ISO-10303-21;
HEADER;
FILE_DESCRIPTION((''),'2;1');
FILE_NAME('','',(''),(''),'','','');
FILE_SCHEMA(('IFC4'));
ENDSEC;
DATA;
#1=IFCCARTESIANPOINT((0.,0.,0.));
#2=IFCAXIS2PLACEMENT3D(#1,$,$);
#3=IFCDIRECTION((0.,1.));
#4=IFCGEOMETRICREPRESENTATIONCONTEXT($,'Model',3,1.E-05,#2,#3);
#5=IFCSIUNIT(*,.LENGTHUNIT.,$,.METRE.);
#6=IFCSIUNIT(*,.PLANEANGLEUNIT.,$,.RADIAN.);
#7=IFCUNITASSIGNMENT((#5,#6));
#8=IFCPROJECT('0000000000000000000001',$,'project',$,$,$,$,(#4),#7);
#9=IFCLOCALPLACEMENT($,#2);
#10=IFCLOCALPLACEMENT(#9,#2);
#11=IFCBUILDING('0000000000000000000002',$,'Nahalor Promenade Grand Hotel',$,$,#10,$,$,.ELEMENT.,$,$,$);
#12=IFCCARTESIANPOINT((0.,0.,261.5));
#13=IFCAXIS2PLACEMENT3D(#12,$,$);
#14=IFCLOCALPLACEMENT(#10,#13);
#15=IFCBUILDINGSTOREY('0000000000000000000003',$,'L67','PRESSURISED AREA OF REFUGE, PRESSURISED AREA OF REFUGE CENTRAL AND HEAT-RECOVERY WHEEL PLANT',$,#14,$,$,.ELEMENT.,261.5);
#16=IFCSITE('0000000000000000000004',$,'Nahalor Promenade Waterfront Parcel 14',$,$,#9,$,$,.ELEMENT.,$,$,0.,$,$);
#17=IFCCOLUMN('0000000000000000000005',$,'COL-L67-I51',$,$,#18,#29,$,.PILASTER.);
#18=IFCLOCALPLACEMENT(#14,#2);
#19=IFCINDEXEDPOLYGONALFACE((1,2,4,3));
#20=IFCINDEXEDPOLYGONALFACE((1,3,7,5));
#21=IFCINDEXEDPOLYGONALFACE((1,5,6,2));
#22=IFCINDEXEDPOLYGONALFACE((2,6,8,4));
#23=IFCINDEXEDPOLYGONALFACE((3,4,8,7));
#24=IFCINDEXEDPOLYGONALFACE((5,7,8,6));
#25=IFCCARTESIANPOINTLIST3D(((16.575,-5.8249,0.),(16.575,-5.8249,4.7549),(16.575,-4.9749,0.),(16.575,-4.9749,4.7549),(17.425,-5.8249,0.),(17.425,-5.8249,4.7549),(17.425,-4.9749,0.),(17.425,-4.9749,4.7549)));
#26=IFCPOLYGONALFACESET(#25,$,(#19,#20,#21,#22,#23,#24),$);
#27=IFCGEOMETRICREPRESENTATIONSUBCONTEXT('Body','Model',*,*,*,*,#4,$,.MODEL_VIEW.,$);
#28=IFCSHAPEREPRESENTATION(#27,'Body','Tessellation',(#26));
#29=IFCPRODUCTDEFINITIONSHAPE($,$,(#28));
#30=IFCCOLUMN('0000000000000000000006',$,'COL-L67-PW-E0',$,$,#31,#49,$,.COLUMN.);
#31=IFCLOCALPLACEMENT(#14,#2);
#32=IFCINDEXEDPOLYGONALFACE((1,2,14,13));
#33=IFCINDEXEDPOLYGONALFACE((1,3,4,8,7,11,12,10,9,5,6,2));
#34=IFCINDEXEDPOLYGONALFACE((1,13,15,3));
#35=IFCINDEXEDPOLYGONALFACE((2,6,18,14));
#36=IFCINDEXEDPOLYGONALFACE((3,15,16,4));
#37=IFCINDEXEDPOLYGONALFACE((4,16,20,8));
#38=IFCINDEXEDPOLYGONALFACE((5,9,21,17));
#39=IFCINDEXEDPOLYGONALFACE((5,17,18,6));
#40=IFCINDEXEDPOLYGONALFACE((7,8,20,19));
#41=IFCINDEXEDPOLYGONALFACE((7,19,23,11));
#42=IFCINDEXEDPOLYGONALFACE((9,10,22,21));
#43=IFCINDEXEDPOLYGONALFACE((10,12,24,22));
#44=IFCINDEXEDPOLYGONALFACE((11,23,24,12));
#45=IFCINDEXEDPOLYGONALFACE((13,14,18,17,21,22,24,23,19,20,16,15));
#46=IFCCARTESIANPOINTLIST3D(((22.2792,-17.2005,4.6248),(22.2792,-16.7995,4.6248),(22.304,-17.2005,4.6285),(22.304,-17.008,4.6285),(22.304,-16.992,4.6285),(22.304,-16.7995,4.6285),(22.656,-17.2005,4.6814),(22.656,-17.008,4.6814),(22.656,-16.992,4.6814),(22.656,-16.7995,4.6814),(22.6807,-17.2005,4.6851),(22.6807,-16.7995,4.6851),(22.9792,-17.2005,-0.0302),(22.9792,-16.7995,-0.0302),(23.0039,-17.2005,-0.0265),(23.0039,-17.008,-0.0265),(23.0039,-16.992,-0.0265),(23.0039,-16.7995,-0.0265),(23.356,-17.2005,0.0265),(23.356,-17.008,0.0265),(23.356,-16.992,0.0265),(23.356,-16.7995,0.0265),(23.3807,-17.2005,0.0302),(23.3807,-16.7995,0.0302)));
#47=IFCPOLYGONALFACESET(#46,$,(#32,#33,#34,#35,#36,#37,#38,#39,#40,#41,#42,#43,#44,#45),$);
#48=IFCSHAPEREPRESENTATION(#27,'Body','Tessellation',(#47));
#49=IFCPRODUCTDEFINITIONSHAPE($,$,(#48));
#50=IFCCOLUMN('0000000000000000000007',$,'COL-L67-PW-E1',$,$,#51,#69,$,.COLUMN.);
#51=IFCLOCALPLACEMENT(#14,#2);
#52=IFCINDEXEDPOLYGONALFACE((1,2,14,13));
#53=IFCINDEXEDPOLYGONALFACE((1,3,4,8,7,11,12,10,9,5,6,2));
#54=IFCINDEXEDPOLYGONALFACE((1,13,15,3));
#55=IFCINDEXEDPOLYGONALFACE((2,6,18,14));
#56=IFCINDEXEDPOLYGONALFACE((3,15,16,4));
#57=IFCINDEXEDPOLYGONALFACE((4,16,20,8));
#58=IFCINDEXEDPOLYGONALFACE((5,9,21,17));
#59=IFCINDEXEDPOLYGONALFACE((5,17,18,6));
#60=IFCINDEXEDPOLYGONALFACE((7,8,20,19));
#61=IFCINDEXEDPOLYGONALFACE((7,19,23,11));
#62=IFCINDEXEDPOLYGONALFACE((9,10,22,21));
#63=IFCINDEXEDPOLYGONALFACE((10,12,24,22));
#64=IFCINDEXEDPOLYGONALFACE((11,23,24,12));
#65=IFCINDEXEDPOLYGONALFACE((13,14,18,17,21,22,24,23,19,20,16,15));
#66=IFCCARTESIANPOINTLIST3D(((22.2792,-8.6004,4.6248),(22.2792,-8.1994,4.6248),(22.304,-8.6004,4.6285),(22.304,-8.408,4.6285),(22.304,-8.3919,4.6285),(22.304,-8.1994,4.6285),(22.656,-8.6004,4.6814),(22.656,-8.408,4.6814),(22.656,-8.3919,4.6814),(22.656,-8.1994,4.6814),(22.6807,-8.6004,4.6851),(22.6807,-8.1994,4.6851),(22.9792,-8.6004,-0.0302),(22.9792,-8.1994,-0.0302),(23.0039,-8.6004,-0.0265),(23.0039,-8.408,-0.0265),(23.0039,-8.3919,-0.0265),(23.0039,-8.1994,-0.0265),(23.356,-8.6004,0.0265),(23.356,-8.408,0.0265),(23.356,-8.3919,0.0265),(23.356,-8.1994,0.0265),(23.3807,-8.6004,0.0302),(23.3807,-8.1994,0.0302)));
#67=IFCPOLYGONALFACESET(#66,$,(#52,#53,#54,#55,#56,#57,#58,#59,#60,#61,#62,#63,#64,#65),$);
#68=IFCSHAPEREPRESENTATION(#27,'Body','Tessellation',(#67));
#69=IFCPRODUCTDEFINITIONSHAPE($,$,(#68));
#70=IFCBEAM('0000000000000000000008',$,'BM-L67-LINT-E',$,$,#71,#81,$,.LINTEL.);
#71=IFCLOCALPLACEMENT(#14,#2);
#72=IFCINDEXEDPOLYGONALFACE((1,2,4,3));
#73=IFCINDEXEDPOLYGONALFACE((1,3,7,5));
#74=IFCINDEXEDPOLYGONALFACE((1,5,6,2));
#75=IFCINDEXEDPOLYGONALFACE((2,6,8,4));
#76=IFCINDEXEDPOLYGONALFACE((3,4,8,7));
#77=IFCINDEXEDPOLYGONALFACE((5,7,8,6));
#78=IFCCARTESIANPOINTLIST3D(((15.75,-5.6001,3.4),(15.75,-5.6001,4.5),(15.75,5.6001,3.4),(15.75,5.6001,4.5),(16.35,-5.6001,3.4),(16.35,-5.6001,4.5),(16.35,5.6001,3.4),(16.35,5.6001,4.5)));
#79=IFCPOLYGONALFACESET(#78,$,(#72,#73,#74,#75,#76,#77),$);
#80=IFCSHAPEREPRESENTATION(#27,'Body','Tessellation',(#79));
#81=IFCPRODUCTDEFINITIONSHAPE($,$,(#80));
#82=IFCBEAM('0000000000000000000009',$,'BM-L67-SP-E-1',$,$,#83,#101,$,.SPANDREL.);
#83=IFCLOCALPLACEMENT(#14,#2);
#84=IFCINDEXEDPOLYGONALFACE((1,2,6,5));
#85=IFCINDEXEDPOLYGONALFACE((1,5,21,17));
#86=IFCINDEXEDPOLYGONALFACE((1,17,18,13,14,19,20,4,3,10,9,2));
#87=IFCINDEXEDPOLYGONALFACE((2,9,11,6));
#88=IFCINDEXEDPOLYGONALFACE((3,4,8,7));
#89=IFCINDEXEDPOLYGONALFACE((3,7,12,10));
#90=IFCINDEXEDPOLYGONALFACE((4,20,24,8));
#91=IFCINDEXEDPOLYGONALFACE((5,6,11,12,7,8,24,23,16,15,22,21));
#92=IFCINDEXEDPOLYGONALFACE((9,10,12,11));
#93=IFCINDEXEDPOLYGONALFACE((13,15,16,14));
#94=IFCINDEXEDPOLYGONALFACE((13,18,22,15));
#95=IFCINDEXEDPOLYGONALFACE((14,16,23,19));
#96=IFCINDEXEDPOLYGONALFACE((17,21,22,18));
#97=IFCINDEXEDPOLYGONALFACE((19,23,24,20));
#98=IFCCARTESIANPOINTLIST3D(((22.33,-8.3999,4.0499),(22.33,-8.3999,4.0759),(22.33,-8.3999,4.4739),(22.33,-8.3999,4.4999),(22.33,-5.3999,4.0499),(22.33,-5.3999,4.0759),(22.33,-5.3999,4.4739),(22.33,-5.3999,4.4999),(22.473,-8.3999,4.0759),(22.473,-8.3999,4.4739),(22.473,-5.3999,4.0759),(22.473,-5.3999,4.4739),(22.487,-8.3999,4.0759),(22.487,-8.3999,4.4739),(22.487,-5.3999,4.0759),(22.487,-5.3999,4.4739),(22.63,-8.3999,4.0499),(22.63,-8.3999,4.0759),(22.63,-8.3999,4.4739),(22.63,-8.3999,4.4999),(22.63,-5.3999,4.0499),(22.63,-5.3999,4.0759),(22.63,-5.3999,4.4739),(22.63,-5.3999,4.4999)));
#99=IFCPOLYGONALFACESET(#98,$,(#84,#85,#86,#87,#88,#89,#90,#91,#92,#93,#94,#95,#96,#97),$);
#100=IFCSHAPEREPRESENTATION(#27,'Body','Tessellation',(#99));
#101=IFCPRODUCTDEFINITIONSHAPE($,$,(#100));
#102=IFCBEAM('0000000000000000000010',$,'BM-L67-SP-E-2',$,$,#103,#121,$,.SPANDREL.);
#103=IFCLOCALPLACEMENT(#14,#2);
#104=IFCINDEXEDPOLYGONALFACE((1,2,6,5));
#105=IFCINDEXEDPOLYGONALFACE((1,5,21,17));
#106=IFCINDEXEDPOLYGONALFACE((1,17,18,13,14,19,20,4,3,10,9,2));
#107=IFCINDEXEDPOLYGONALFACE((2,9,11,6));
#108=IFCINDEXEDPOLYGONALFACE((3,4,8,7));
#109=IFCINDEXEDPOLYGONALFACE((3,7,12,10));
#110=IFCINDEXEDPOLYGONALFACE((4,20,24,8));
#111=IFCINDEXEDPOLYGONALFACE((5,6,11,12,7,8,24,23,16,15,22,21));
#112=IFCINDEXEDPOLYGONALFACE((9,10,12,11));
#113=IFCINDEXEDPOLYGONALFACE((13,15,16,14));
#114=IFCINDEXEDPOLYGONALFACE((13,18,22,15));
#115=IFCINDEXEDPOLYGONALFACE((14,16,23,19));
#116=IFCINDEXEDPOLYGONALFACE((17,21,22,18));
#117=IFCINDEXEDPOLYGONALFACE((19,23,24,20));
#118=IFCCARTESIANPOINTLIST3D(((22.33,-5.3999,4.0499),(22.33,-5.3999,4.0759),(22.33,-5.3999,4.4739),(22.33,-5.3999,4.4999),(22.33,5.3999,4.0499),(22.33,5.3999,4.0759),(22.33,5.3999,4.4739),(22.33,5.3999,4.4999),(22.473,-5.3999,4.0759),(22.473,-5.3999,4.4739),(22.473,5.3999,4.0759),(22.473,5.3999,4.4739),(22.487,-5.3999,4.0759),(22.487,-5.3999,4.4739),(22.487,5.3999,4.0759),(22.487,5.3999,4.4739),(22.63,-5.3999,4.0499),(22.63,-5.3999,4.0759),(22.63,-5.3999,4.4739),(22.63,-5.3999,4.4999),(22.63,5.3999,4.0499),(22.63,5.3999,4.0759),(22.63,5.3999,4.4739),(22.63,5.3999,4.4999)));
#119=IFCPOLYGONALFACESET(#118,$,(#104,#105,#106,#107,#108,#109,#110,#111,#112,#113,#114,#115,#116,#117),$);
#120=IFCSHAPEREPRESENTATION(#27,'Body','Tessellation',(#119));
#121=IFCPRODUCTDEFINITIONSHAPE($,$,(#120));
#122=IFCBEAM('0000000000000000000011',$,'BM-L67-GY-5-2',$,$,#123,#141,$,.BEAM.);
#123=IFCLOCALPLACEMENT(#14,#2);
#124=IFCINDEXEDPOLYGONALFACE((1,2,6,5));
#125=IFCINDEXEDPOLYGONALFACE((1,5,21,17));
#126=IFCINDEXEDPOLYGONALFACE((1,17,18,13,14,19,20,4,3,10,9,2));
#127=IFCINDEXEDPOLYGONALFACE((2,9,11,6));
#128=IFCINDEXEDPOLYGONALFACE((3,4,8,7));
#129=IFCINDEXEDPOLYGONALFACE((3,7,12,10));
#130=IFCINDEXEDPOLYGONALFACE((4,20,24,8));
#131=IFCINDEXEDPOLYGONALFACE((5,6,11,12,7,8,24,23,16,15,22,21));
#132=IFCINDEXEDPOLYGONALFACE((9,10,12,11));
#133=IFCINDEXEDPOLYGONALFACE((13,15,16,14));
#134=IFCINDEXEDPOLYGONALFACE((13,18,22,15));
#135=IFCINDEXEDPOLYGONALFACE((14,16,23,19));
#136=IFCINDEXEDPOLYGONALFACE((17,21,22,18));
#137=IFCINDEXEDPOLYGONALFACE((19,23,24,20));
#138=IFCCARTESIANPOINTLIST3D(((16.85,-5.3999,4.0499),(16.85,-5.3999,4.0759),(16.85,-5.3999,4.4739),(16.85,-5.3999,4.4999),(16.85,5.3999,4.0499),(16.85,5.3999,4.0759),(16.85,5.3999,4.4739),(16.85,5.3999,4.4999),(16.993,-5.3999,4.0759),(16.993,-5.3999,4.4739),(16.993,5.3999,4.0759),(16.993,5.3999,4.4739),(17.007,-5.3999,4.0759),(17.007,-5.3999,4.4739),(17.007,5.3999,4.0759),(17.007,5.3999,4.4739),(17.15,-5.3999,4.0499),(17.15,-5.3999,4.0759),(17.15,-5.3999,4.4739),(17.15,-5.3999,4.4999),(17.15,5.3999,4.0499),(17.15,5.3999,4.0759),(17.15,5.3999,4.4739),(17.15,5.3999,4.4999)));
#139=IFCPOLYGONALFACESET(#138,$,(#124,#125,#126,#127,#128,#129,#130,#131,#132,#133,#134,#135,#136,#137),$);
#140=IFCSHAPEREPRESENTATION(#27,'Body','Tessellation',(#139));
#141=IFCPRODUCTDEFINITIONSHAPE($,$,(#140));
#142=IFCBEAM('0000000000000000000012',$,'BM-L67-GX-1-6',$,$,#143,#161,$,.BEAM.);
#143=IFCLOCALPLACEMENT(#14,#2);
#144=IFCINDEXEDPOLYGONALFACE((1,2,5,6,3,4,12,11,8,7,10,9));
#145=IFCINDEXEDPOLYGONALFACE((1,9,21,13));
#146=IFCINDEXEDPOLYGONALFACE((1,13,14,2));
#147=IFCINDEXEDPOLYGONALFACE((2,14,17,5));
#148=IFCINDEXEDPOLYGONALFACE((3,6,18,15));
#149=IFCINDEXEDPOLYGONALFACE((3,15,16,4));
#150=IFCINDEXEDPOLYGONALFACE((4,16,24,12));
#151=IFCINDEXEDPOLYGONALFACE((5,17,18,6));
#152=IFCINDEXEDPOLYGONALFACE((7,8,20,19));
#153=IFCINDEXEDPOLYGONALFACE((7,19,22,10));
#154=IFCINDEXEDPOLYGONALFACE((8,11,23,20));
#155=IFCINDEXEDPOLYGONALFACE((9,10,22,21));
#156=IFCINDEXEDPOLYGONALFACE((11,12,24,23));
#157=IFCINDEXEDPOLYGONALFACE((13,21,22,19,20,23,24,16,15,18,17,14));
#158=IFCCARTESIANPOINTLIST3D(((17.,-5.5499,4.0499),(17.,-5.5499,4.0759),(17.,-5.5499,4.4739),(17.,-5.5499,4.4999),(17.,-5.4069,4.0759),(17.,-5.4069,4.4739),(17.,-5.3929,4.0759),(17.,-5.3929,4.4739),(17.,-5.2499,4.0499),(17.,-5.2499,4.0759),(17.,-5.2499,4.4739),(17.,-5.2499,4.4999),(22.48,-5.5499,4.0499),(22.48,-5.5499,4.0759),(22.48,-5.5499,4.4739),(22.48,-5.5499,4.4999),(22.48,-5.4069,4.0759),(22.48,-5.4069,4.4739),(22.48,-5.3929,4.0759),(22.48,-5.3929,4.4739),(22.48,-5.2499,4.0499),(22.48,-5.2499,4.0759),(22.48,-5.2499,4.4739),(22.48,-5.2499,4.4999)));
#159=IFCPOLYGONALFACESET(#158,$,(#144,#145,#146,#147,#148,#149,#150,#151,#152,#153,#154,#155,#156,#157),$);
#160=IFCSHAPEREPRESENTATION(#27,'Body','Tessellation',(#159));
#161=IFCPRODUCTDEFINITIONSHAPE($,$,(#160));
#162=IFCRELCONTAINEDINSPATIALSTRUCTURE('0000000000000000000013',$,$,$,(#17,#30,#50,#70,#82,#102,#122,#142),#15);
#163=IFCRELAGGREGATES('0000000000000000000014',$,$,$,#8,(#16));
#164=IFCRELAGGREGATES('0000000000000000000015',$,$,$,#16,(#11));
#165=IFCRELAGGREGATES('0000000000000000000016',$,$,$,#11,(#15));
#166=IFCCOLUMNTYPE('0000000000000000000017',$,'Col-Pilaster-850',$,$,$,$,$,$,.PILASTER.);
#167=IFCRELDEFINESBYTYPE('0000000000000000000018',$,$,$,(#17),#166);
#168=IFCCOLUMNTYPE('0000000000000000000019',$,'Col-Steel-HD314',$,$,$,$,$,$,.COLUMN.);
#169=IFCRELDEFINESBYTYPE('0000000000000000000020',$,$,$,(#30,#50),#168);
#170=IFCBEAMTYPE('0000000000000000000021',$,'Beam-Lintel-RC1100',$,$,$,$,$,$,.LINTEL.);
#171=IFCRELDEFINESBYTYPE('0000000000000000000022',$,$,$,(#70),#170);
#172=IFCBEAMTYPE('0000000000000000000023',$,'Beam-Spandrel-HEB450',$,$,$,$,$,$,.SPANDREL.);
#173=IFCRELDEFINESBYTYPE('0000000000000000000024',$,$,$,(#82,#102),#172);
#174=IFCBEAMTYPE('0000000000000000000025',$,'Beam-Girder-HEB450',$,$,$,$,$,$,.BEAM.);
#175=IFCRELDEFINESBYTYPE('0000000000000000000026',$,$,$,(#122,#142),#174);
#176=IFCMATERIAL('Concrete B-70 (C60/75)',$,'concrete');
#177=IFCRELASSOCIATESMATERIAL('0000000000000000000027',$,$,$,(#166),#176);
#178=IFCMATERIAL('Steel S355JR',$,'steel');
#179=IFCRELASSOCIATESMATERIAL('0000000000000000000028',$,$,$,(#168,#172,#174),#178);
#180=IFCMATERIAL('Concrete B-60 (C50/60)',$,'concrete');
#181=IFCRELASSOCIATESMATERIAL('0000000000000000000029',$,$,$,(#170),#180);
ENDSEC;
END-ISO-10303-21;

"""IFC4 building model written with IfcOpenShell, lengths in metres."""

from ifc_helpers import new_model, si_unit, direction, frame, origin, origin_2d, place, context, subcontext, project, spatial, rectangle, i_section, extrude, source, transform, mapped, material, material_profile, profile_set, type_object, element, save


model = new_model("IFC4")

# Units and contexts
model_context = context("Model", 3, precision=1e-05, world=origin(), true_north=direction((0.0, 1.0)))
body_context = subcontext(model_context, "Body", "Model", "MODEL_VIEW")
ifc_project = project(units=[si_unit("LENGTHUNIT", "METRE"), si_unit("PLANEANGLEUNIT", "RADIAN")], contexts=[model_context])

# Site, building, storey
site_placement = place(None, origin())
site = spatial("IfcSite", under=ifc_project, at=site_placement, Name="Nahalor Promenade Waterfront Parcel 14", CompositionType="ELEMENT", RefElevation=0.0)
building_placement = place(site_placement, origin())
building = spatial("IfcBuilding", under=site, at=building_placement, Name="Nahalor Promenade Grand Hotel", CompositionType="ELEMENT")
storey_placement = place(building_placement, frame((0.0, 0.0, 261.5)))
storey = spatial("IfcBuildingStorey", under=building, at=storey_placement, Name="L67", Description="PRESSURISED AREA OF REFUGE, PRESSURISED AREA OF REFUGE CENTRAL AND HEAT-RECOVERY WHEEL PLANT", CompositionType="ELEMENT", Elevation=261.5)

# Columns
ifc_material_1 = material(Name="Concrete B-70 (C60/75)", Category="concrete")
ifc_material_profile_1 = material_profile(ifc_material_1, rectangle(XDim=0.85, YDim=0.85, at=origin_2d()), Name="RC 850x850")
ifc_profile_set_1 = profile_set([ifc_material_profile_1], Name="Concrete B-70 (C60/75)")
column_type_1 = type_object("IfcColumnType", Name="Col-Pilaster-850", PredefinedType="PILASTER", material=ifc_profile_set_1)
shared_shape_1 = source(origin(), body_context, "Body", "SweptSolid", [
    extrude(rectangle(XDim=0.85, YDim=0.85, at=origin_2d()), origin(), (0.0, 0.0, 1.0), 4.7549),
])
column_placement = place(storey_placement, frame((17.0, -5.3999, 0.0), z_axis=(0.0, 0.0, 1.0), x_axis=(1.0, 0.0, 0.0)))
element("IfcColumn", 1, at=column_placement, inside=storey, type_object=column_type_1, Name="COL-L67-I51", PredefinedType="PILASTER", context=body_context, shape_type="MappedRepresentation", body=[
    mapped(shared_shape_1, transform((0.0, 0.0, 0.0), scale=1.0)),
])
ifc_material_2 = material(Name="Steel S355JR", Category="steel")
ifc_material_profile_2 = material_profile(ifc_material_2, i_section(OverallWidth=0.401, OverallDepth=0.406, WebThickness=0.0161, FlangeThickness=0.025, at=origin_2d()), Name="HD 400x314")
ifc_profile_set_2 = profile_set([ifc_material_profile_2], Name="Steel S355JR")
column_type_2 = type_object("IfcColumnType", Name="Col-Steel-HD314", PredefinedType="COLUMN", material=ifc_profile_set_2)
shared_shape_2 = source(origin(), body_context, "Body", "SweptSolid", [
    extrude(i_section(OverallWidth=0.401, OverallDepth=0.406, WebThickness=0.0161, FlangeThickness=0.025, at=origin_2d()), origin(), (0.0, 0.0, 1.0), 4.7073),
])
for number, where, z_axis, x_axis, name in (
    (2, (23.1799, -17.0, 0.0), (-0.148693, 0.0, 0.988883), (0.0, -1.0, 0.0), "COL-L67-PW-E0"),
    (3, (23.1799, -8.3999, 0.0), (-0.148693, 0.0, 0.988883), (0.0, -1.0, 0.0), "COL-L67-PW-E1"),
):
    element("IfcColumn", number, at=place(storey_placement, frame(where, z_axis=z_axis, x_axis=x_axis)), inside=storey, type_object=column_type_2, Name=name, PredefinedType="COLUMN", context=body_context, shape_type="MappedRepresentation", body=[
        mapped(shared_shape_2, transform((0.0, 0.0, 0.0), scale=1.0)),
    ])

# Beams
ifc_material_3 = material(Name="Concrete B-60 (C50/60)", Category="concrete")
ifc_material_profile_3 = material_profile(ifc_material_3, rectangle(XDim=0.6, YDim=1.1, at=origin_2d()), Name="RC 600x1100")
ifc_profile_set_3 = profile_set([ifc_material_profile_3], Name="Concrete B-60 (C50/60)")
beam_type_1 = type_object("IfcBeamType", Name="Beam-Lintel-RC1100", PredefinedType="LINTEL", material=ifc_profile_set_3)
shared_shape_3 = source(origin(), body_context, "Body", "SweptSolid", [
    extrude(rectangle(XDim=0.6, YDim=1.1, at=origin_2d()), origin(), (0.0, 0.0, 1.0), 11.2002),
])
beam_1_placement = place(storey_placement, frame((16.05, -5.6001, 3.95), z_axis=(0.0, 1.0, 0.0), x_axis=(-1.0, 0.0, 0.0)))
element("IfcBeam", 4, at=beam_1_placement, inside=storey, type_object=beam_type_1, Name="BM-L67-LINT-E", PredefinedType="LINTEL", context=body_context, shape_type="MappedRepresentation", body=[
    mapped(shared_shape_3, transform((0.0, 0.0, 0.0), scale=1.0)),
])
ifc_material_profile_4 = material_profile(ifc_material_2, i_section(OverallWidth=0.3, OverallDepth=0.45, WebThickness=0.014, FlangeThickness=0.026, at=origin_2d()), Name="HEB 450")
ifc_profile_set_4 = profile_set([ifc_material_profile_4], Name="Steel S355JR")
beam_type_2 = type_object("IfcBeamType", Name="Beam-Spandrel-HEB450", PredefinedType="SPANDREL", material=ifc_profile_set_4)
shared_shape_4 = source(origin(), body_context, "Body", "SweptSolid", [
    extrude(i_section(OverallWidth=0.3, OverallDepth=0.45, WebThickness=0.014, FlangeThickness=0.026, at=origin_2d()), origin(), (0.0, 0.0, 1.0), 3.0),
])
beam_2_placement = place(storey_placement, frame((22.48, -8.3999, 4.2749), z_axis=(0.0, 1.0, 0.0), x_axis=(-1.0, 0.0, 0.0)))
element("IfcBeam", 5, at=beam_2_placement, inside=storey, type_object=beam_type_2, Name="BM-L67-SP-E-1", PredefinedType="SPANDREL", context=body_context, shape_type="MappedRepresentation", body=[
    mapped(shared_shape_4, transform((0.0, 0.0, 0.0), scale=1.0)),
])
shared_shape_5 = source(origin(), body_context, "Body", "SweptSolid", [
    extrude(i_section(OverallWidth=0.3, OverallDepth=0.45, WebThickness=0.014, FlangeThickness=0.026, at=origin_2d()), origin(), (0.0, 0.0, 1.0), 10.7998),
])
beam_3_placement = place(storey_placement, frame((22.48, -5.3999, 4.2749), z_axis=(0.0, 1.0, 0.0), x_axis=(-1.0, 0.0, 0.0)))
element("IfcBeam", 6, at=beam_3_placement, inside=storey, type_object=beam_type_2, Name="BM-L67-SP-E-2", PredefinedType="SPANDREL", context=body_context, shape_type="MappedRepresentation", body=[
    mapped(shared_shape_5, transform((0.0, 0.0, 0.0), scale=1.0)),
])
ifc_material_profile_5 = material_profile(ifc_material_2, i_section(OverallWidth=0.3, OverallDepth=0.45, WebThickness=0.014, FlangeThickness=0.026, at=origin_2d()), Name="HEB 450")
ifc_profile_set_5 = profile_set([ifc_material_profile_5], Name="Steel S355JR")
beam_type_3 = type_object("IfcBeamType", Name="Beam-Girder-HEB450", PredefinedType="BEAM", material=ifc_profile_set_5)
shared_shape_6 = source(origin(), body_context, "Body", "SweptSolid", [
    extrude(i_section(OverallWidth=0.3, OverallDepth=0.45, WebThickness=0.014, FlangeThickness=0.026, at=origin_2d()), origin(), (0.0, 0.0, 1.0), 10.7998),
])
beam_4_placement = place(storey_placement, frame((17.0, -5.3999, 4.2749), z_axis=(0.0, 1.0, 0.0), x_axis=(-1.0, 0.0, 0.0)))
element("IfcBeam", 7, at=beam_4_placement, inside=storey, type_object=beam_type_3, Name="BM-L67-GY-5-2", PredefinedType="BEAM", context=body_context, shape_type="MappedRepresentation", body=[
    mapped(shared_shape_6, transform((0.0, 0.0, 0.0), scale=1.0)),
])
shared_shape_7 = source(origin(), body_context, "Body", "SweptSolid", [
    extrude(i_section(OverallWidth=0.3, OverallDepth=0.45, WebThickness=0.014, FlangeThickness=0.026, at=origin_2d()), origin(), (0.0, 0.0, 1.0), 5.48),
])
beam_5_placement = place(storey_placement, frame((17.0, -5.3999, 4.2749), z_axis=(1.0, 0.0, 0.0), x_axis=(0.0, 1.0, 0.0)))
element("IfcBeam", 8, at=beam_5_placement, inside=storey, type_object=beam_type_3, Name="BM-L67-GX-1-6", PredefinedType="BEAM", context=body_context, shape_type="MappedRepresentation", body=[
    mapped(shared_shape_7, transform((0.0, 0.0, 0.0), scale=1.0)),
])

save(model, "model.ifc")
